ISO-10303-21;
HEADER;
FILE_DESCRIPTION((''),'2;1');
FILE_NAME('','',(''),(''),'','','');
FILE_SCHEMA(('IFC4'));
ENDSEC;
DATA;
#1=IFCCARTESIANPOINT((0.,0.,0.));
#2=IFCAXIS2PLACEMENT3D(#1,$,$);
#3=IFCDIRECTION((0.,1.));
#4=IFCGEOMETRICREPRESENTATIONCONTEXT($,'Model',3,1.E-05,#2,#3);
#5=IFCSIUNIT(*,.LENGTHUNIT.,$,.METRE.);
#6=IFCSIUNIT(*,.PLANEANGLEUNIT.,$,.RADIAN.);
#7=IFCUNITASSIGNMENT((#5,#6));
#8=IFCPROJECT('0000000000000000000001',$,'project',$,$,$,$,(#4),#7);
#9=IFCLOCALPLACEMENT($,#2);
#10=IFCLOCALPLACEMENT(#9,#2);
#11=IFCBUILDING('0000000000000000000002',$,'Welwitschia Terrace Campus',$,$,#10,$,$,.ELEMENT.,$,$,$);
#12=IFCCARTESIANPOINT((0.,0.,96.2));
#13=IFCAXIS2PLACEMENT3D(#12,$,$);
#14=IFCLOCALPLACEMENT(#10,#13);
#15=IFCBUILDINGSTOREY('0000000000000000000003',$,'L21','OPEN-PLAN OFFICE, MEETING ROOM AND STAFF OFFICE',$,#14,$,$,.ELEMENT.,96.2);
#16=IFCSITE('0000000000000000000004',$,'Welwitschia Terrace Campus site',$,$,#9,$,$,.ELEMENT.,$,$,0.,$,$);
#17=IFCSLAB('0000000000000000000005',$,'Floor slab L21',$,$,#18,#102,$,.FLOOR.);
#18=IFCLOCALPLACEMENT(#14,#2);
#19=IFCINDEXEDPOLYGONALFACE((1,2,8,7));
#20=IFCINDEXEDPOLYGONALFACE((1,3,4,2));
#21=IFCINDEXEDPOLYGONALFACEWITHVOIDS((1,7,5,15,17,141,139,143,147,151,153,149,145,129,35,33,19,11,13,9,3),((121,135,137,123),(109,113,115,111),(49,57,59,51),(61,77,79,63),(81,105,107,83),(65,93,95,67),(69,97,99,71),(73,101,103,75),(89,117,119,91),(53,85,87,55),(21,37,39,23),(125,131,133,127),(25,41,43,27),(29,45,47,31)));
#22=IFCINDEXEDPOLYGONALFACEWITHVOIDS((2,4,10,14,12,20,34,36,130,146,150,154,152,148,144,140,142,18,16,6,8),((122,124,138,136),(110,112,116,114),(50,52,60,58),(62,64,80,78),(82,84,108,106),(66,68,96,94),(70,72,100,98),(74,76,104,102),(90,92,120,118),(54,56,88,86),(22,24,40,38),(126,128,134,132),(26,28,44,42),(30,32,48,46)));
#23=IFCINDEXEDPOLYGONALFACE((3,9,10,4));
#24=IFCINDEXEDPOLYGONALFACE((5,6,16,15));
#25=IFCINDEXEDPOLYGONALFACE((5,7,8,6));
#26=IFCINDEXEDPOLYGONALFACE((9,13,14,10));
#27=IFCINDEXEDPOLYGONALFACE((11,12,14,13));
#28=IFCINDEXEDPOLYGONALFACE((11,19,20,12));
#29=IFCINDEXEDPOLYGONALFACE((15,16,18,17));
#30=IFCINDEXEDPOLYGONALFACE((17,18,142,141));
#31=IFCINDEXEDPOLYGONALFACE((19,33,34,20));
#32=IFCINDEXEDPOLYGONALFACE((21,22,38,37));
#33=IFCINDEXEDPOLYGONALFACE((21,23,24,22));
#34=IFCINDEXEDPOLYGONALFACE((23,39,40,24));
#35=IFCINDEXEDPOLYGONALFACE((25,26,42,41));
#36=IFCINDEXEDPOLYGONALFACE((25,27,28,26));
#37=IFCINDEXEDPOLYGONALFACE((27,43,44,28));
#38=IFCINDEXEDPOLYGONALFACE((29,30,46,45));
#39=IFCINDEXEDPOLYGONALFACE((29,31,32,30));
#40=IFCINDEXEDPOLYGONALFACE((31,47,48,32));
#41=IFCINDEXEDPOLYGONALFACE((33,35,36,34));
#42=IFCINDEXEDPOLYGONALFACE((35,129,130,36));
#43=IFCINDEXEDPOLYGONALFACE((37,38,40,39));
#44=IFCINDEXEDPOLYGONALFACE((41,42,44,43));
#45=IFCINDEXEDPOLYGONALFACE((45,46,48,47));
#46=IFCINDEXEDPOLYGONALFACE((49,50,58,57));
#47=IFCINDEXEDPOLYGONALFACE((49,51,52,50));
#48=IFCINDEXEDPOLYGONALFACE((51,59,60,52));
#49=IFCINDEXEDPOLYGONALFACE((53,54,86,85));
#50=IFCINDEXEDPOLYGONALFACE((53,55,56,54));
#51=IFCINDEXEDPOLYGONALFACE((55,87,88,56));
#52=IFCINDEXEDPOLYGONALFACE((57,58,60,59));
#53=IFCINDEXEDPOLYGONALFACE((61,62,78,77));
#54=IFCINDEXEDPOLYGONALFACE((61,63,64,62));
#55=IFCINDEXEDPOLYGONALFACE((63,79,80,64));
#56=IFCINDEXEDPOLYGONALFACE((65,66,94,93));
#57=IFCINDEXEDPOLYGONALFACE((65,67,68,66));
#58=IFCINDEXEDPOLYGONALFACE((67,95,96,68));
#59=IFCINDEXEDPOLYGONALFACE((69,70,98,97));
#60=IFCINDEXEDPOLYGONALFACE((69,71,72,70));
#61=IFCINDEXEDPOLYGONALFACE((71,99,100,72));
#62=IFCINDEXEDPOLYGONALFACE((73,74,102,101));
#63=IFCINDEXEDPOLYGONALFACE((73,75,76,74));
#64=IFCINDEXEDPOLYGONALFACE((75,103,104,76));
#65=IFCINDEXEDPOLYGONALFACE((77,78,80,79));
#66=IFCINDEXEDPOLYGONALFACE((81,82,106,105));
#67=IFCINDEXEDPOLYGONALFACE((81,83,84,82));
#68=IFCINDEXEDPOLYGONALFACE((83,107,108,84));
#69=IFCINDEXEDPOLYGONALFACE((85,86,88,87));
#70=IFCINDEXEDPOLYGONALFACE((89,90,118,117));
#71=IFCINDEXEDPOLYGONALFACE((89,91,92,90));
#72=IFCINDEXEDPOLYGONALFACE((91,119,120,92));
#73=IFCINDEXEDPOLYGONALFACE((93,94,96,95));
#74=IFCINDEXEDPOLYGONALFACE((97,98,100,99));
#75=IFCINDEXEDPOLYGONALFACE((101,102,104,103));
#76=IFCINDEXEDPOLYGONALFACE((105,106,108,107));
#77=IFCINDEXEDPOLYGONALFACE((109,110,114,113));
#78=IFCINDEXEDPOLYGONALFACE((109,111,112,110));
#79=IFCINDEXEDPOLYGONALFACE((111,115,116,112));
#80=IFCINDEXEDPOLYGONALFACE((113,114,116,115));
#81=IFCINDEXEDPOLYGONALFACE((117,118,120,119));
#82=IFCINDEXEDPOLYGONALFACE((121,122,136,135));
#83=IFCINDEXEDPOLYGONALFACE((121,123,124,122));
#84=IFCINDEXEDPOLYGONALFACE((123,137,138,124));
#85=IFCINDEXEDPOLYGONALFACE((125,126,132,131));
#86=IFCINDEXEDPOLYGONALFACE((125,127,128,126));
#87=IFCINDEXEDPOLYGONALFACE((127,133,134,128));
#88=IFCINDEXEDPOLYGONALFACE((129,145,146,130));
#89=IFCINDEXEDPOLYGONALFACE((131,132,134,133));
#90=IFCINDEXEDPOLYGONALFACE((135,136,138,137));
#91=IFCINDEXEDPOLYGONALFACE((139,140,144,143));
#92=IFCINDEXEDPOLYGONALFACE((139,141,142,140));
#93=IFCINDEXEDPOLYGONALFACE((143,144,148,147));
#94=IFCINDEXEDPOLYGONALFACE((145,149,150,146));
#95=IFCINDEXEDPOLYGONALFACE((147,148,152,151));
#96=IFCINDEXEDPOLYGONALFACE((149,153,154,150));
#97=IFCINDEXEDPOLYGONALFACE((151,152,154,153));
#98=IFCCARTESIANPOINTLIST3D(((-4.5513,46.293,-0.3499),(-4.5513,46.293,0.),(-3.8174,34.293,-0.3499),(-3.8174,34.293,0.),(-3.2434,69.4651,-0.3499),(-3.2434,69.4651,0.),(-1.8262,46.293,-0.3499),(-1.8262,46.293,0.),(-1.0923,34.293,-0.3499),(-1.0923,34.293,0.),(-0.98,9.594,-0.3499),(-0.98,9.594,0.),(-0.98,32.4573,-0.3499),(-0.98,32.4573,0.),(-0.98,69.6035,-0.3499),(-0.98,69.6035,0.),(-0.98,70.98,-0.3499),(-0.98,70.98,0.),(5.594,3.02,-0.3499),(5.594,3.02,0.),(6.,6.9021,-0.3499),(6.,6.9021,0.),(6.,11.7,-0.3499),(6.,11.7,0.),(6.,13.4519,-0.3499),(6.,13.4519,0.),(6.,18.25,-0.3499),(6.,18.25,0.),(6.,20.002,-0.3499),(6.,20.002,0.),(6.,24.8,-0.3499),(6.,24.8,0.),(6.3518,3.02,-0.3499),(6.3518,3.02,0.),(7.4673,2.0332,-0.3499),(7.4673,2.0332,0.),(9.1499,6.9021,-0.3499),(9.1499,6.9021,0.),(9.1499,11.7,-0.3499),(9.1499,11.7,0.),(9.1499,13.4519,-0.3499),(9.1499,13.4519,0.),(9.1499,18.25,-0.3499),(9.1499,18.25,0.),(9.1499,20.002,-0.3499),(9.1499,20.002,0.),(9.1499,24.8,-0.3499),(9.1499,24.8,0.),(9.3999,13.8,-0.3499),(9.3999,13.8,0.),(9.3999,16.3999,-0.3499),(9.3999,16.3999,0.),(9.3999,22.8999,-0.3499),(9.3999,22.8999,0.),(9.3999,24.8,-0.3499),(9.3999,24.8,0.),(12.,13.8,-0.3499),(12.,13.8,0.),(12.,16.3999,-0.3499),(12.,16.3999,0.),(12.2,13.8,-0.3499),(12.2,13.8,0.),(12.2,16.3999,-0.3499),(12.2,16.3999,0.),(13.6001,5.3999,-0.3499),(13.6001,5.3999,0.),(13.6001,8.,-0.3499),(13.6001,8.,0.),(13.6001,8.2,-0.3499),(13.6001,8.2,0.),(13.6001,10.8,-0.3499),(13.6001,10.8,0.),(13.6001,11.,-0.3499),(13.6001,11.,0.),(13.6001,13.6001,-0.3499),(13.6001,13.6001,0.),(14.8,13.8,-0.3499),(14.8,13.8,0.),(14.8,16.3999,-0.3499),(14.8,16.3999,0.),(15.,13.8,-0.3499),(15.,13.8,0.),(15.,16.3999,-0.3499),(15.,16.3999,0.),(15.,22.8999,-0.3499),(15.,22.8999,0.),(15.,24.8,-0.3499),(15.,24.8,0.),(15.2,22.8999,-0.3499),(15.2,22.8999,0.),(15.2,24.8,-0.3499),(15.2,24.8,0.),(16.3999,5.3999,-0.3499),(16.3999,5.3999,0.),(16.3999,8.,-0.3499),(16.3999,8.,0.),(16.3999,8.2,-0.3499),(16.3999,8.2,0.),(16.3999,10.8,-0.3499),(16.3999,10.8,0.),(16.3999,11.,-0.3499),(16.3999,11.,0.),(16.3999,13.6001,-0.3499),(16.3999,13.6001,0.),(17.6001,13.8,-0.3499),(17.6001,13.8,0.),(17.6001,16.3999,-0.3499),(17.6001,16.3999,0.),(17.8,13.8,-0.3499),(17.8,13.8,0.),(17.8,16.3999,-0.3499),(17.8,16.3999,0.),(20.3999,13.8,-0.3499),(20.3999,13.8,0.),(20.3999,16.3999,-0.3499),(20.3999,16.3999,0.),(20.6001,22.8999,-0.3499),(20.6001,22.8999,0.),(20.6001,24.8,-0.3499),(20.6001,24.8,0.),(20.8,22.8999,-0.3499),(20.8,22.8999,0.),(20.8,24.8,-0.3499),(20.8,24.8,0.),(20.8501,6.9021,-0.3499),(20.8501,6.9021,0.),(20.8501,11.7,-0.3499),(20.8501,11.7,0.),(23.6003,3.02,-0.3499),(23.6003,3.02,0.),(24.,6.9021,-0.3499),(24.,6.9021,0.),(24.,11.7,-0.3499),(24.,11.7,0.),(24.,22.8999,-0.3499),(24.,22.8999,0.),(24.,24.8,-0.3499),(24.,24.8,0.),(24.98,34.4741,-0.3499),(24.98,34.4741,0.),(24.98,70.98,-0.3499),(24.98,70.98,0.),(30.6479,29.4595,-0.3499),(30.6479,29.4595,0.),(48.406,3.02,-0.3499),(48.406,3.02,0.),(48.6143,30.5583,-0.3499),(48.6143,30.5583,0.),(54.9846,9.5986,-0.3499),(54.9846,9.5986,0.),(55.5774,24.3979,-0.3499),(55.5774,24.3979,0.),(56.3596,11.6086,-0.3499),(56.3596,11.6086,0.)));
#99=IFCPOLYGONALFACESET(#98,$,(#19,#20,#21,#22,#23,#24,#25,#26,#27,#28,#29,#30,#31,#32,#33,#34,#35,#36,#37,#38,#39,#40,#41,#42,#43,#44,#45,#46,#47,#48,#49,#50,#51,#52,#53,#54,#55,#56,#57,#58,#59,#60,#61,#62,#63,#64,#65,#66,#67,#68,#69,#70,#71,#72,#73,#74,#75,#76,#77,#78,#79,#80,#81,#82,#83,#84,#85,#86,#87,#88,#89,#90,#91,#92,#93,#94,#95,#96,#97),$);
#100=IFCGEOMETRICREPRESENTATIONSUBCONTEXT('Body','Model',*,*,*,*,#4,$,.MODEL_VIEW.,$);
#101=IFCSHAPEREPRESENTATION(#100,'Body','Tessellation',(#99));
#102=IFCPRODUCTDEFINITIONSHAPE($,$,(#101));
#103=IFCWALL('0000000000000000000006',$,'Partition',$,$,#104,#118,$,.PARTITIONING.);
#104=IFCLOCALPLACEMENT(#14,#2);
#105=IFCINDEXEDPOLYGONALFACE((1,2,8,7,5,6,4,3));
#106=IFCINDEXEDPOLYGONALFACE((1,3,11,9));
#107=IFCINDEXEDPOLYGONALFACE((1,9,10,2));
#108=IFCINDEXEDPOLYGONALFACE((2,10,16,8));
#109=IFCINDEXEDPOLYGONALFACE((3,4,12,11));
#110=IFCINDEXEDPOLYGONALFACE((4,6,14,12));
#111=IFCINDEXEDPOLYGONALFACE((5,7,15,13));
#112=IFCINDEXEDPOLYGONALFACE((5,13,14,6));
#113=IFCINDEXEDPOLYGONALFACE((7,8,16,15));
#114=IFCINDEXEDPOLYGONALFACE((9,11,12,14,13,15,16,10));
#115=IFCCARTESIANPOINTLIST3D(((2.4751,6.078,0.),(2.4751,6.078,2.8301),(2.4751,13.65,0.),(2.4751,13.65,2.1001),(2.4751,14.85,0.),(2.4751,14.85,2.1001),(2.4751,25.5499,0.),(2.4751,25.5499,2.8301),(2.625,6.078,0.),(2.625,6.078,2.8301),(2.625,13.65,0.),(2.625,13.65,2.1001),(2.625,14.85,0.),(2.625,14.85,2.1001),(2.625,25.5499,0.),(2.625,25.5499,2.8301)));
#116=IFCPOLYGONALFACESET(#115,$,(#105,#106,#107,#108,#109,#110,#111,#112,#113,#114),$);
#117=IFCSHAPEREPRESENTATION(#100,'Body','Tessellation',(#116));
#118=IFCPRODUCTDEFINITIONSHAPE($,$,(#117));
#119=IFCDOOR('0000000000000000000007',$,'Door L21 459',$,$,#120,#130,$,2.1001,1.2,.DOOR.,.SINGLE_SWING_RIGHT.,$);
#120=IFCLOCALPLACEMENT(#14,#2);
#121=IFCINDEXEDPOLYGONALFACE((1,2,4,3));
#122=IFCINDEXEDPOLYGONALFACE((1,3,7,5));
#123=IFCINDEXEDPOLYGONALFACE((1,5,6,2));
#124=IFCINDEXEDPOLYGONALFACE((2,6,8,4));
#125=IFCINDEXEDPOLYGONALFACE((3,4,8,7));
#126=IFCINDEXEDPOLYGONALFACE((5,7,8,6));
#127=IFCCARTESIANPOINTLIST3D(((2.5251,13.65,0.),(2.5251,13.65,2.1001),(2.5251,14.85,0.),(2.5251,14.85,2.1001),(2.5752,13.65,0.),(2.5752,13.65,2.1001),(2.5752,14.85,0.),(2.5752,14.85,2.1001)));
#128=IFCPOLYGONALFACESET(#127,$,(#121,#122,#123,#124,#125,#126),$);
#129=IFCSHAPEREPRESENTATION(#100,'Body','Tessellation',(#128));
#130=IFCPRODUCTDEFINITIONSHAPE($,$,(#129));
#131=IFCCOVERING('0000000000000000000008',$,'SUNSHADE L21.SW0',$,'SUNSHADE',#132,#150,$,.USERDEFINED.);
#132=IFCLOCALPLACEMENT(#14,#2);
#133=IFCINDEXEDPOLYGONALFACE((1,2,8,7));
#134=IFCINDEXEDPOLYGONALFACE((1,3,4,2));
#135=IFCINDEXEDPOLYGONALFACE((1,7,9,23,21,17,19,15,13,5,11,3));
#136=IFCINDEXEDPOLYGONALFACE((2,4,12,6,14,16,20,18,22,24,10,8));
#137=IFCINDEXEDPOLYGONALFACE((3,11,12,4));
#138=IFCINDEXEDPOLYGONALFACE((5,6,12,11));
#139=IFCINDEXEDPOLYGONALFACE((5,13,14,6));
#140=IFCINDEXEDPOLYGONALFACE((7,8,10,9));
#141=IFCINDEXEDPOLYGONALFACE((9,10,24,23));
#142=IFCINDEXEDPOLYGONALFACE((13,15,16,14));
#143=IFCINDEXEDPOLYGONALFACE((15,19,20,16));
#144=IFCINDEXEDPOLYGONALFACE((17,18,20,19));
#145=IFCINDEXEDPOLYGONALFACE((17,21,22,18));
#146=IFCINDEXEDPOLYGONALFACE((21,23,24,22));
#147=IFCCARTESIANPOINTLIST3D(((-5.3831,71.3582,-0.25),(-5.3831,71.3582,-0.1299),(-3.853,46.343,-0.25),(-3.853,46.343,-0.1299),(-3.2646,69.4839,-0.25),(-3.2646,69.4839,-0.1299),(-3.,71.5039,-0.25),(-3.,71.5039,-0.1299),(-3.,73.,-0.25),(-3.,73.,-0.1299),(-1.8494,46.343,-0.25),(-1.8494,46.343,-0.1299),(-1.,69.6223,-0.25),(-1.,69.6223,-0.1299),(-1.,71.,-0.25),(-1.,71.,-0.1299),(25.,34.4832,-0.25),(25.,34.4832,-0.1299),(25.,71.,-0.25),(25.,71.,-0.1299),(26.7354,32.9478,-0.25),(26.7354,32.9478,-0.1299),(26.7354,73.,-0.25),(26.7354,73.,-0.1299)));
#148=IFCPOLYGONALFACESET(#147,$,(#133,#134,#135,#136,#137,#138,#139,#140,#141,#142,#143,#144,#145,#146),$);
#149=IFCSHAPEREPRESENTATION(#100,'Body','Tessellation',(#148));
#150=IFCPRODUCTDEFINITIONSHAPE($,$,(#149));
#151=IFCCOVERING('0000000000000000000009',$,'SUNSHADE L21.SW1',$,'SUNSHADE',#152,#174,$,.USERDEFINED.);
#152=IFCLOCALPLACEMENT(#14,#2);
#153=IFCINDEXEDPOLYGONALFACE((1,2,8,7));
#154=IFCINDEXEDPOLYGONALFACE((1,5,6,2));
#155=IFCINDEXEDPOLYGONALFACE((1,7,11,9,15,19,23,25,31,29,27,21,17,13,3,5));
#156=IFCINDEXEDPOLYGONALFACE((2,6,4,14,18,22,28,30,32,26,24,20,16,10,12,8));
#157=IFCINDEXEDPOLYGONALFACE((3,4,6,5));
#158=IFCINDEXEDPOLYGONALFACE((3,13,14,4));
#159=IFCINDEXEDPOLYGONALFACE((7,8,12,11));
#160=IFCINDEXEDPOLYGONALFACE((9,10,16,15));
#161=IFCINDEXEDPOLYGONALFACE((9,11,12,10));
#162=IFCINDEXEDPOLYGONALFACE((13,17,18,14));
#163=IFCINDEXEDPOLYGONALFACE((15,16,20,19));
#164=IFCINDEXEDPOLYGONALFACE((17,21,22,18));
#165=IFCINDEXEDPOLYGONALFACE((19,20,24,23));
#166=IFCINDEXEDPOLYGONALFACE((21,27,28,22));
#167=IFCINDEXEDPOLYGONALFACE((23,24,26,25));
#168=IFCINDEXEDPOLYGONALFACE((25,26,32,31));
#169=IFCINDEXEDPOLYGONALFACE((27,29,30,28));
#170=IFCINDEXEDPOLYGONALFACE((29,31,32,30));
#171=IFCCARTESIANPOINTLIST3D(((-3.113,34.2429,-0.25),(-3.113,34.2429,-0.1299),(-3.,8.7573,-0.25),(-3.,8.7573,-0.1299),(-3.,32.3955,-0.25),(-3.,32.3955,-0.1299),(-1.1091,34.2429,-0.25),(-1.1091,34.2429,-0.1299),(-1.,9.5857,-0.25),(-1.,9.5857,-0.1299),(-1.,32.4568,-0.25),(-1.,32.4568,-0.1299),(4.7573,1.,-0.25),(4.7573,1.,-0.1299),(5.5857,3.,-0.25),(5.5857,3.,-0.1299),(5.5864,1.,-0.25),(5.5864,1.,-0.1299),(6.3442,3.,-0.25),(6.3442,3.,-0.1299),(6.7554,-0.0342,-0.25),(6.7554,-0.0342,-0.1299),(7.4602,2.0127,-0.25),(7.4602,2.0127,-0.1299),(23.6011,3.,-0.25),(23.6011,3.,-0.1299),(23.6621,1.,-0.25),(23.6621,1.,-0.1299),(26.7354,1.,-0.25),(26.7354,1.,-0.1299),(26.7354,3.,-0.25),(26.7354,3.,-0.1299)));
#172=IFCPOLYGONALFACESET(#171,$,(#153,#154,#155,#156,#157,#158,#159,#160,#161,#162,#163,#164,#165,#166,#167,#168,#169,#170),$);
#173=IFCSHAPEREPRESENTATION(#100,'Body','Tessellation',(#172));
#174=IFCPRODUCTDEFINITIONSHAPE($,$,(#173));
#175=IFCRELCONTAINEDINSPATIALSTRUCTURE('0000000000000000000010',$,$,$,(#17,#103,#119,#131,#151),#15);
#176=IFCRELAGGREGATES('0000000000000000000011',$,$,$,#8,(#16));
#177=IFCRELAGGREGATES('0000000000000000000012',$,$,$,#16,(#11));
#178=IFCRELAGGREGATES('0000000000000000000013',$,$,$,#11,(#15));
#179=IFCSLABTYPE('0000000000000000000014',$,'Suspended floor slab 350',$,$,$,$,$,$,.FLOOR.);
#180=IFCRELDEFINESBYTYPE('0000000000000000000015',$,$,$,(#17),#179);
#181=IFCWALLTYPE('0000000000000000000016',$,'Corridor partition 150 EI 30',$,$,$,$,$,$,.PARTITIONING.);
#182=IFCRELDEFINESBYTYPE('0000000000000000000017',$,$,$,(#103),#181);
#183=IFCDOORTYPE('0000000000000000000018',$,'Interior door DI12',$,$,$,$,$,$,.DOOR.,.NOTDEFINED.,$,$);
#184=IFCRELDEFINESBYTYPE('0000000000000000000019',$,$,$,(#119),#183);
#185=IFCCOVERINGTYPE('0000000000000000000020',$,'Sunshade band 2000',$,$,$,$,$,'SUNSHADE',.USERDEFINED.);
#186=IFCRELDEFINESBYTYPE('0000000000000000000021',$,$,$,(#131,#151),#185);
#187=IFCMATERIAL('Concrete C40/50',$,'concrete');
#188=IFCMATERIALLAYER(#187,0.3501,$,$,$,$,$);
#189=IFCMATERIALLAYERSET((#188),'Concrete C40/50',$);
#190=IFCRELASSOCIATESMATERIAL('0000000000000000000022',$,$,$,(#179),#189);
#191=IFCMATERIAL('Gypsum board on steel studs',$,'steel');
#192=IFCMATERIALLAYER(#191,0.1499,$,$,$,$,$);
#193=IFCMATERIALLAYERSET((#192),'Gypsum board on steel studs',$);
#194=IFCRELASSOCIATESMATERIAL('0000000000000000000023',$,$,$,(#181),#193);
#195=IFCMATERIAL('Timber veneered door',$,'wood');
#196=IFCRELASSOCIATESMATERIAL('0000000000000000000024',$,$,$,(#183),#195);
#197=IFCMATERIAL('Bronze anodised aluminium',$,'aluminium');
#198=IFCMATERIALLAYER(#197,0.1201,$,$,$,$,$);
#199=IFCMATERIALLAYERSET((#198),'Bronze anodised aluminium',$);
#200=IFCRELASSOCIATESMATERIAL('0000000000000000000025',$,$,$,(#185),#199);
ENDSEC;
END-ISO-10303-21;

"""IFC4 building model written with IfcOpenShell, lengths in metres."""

from ifc_helpers import new_model, si_unit, direction, frame, frame_2d, origin, place, context, subcontext, project, spatial, polyline, rectangle, outline, extrude, material, layer, layer_set, type_object, element, fill, save


model = new_model("IFC4")

# Units and contexts
model_context = context("Model", 3, precision=1e-05, world=origin(), true_north=direction((0.0, 1.0)))
body_context = subcontext(model_context, "Body", "Model", "MODEL_VIEW")
ifc_project = project(units=[si_unit("LENGTHUNIT", "METRE"), si_unit("PLANEANGLEUNIT", "RADIAN")], contexts=[model_context])

# Site, building, storey
site_placement = place(None, origin())
site = spatial("IfcSite", under=ifc_project, at=site_placement, Name="Welwitschia Terrace Campus site", CompositionType="ELEMENT", RefElevation=0.0)
building_placement = place(site_placement, origin())
building = spatial("IfcBuilding", under=site, at=building_placement, Name="Welwitschia Terrace Campus", CompositionType="ELEMENT")
storey_placement = place(building_placement, frame((0.0, 0.0, 96.2)))
storey = spatial("IfcBuildingStorey", under=building, at=storey_placement, Name="L21", Description="OPEN-PLAN OFFICE, MEETING ROOM AND STAFF OFFICE", CompositionType="ELEMENT", Elevation=96.2)

# Slab
ifc_material_1 = material(Name="Concrete C40/50", Category="concrete")
ifc_layer_1 = layer(ifc_material_1, 0.3501)
ifc_layer_set_1 = layer_set([ifc_layer_1], Name="Concrete C40/50")
slab_type_1 = type_object("IfcSlabType", Name="Suspended floor slab 350", PredefinedType="FLOOR", material=ifc_layer_set_1)
slab_1_placement = place(storey_placement, frame((0.0, 0.0, -0.3499)))
element("IfcSlab", 1, at=slab_1_placement, inside=storey, type_object=slab_type_1, Name="Floor slab L21", PredefinedType="FLOOR", context=body_context, shape_type="SweptSolid", body=[
    extrude(outline(polyline([(-0.98, 69.6035), (-0.98, 70.98), (24.98, 70.98), (24.98, 34.4741), (30.6479, 29.4595), (48.6143, 30.5583), (55.5774, 24.3979), (56.3596, 11.6086), (54.9846, 9.5986), (48.406, 3.02), (23.6003, 3.02), (7.4673, 2.0332), (6.3518, 3.02), (5.594, 3.02), (-0.98, 9.594), (-0.98, 32.4573), (-1.0923, 34.293), (-3.8174, 34.293), (-4.5513, 46.293), (-1.8262, 46.293), (-3.2434, 69.4651), (-0.98, 69.6035)]), holes=[polyline([(13.6001, 8.0), (13.6001, 5.3999), (16.3999, 5.3999), (16.3999, 8.0), (13.6001, 8.0)]), polyline([(9.1499, 11.7), (6.0, 11.7), (6.0, 6.9021), (9.1499, 6.9021), (9.1499, 11.7)]), polyline([(12.0, 16.3999), (9.3999, 16.3999), (9.3999, 13.8), (12.0, 13.8), (12.0, 16.3999)]), polyline([(14.8, 16.3999), (12.2, 16.3999), (12.2, 13.8), (14.8, 13.8), (14.8, 16.3999)]), polyline([(9.1499, 18.25), (6.0, 18.25), (6.0, 13.4519), (9.1499, 13.4519), (9.1499, 18.25)]), polyline([(9.1499, 24.8), (6.0, 24.8), (6.0, 20.002), (9.1499, 20.002), (9.1499, 24.8)]), polyline([(15.0, 24.8), (9.3999, 24.8), (9.3999, 22.8999), (15.0, 22.8999), (15.0, 24.8)]), polyline([(20.8501, 11.7), (20.8501, 6.9021), (24.0, 6.9021), (24.0, 11.7), (20.8501, 11.7)]), polyline([(16.3999, 10.8), (13.6001, 10.8), (13.6001, 8.2), (16.3999, 8.2), (16.3999, 10.8)]), polyline([(16.3999, 13.6001), (13.6001, 13.6001), (13.6001, 11.0), (16.3999, 11.0), (16.3999, 13.6001)]), polyline([(17.6001, 16.3999), (15.0, 16.3999), (15.0, 13.8), (17.6001, 13.8), (17.6001, 16.3999)]), polyline([(20.3999, 16.3999), (17.8, 16.3999), (17.8, 13.8), (20.3999, 13.8), (20.3999, 16.3999)]), polyline([(20.6001, 24.8), (15.2, 24.8), (15.2, 22.8999), (20.6001, 22.8999), (20.6001, 24.8)]), polyline([(24.0, 24.8), (20.8, 24.8), (20.8, 22.8999), (24.0, 22.8999), (24.0, 24.8)])]), origin(), (0.0, 0.0, 1.0), 0.3499),
])

# Wall, opening, door
ifc_material_2 = material(Name="Gypsum board on steel studs", Category="steel")
ifc_layer_2 = layer(ifc_material_2, 0.1499)
ifc_layer_set_2 = layer_set([ifc_layer_2], Name="Gypsum board on steel studs")
wall_type = type_object("IfcWallType", Name="Corridor partition 150 EI 30", PredefinedType="PARTITIONING", material=ifc_layer_set_2)
wall_placement = place(storey_placement, frame((2.55, 6.0781, 0.0), z_axis=(0.0, 0.0, 1.0), x_axis=(0.0, 1.0, 0.0)))
wall = element("IfcWall", 2, at=wall_placement, inside=storey, type_object=wall_type, Name="Partition", PredefinedType="PARTITIONING", context=body_context, shape_type="SweptSolid", body=[
    extrude(rectangle(XDim=19.4719, YDim=0.1499, at=frame_2d((9.7358, 0.0))), origin(), (0.0, 0.0, 1.0), 2.8301),
])
opening_placement = place(wall_placement, frame((7.5718, 0.0, 0.0)))
opening = element("IfcOpeningElement", 3, at=opening_placement, cuts=wall, PredefinedType="OPENING", context=body_context, shape_type="SweptSolid", body=[
    extrude(rectangle(XDim=1.2, YDim=2.1001, at=frame_2d((0.6001, 1.05))), frame((0.0, 0.085, 0.0), z_axis=(0.0, -1.0, 0.0), x_axis=(1.0, 0.0, 0.0)), (0.0, 0.0, 1.0), 0.1699),
])
ifc_material_3 = material(Name="Timber veneered door", Category="wood")
door_type = type_object("IfcDoorType", Name="Interior door DI12", OperationType="NOTDEFINED", PredefinedType="DOOR", material=ifc_material_3)
door_placement = place(opening_placement, origin())
door = element("IfcDoor", 4, at=door_placement, inside=storey, type_object=door_type, Name="Door L21 459", OperationType="SINGLE_SWING_RIGHT", OverallHeight=2.1001, OverallWidth=1.2, PredefinedType="DOOR", context=body_context, shape_type="SweptSolid", body=[
    extrude(rectangle(XDim=1.2, YDim=2.1001, at=frame_2d((0.6001, 1.05))), frame((0.0, 0.0249, 0.0), z_axis=(0.0, -1.0, 0.0), x_axis=(1.0, 0.0, 0.0)), (0.0, 0.0, 1.0), 0.05),
])
fill(opening, door)

# Coverings
ifc_material_4 = material(Name="Bronze anodised aluminium", Category="aluminium")
ifc_layer_3 = layer(ifc_material_4, 0.1201)
ifc_layer_set_3 = layer_set([ifc_layer_3], Name="Bronze anodised aluminium")
covering_type_1 = type_object("IfcCoveringType", Name="Sunshade band 2000", ElementType="SUNSHADE", PredefinedType="USERDEFINED", material=ifc_layer_set_3)
covering_1_placement = place(storey_placement, frame((0.0, 0.0, -0.25)))
element("IfcCovering", 5, at=covering_1_placement, inside=storey, type_object=covering_type_1, Name="SUNSHADE L21.SW0", ObjectType="SUNSHADE", PredefinedType="USERDEFINED", context=body_context, shape_type="SweptSolid", body=[
    extrude(outline(polyline([(26.7354, 73.0), (26.7354, 32.9478), (25.0, 34.4832), (25.0, 71.0), (-1.0, 71.0), (-1.0, 69.6223), (-3.2646, 69.4839), (-1.8494, 46.343), (-3.853, 46.343), (-5.3831, 71.3582), (-3.0, 71.5039), (-3.0, 73.0), (26.7354, 73.0)])), origin(), (0.0, 0.0, 1.0), 0.1201),
])
covering_2_placement = place(storey_placement, frame((0.0, 0.0, -0.25)))
element("IfcCovering", 6, at=covering_2_placement, inside=storey, type_object=covering_type_1, Name="SUNSHADE L21.SW1", ObjectType="SUNSHADE", PredefinedType="USERDEFINED", context=body_context, shape_type="SweptSolid", body=[
    extrude(outline(polyline([(23.6621, 1.0), (6.7554, -0.0342), (5.5864, 1.0), (4.7573, 1.0), (-3.0, 8.7573), (-3.0, 32.3955), (-3.113, 34.2429), (-1.1091, 34.2429), (-1.0, 32.4568), (-1.0, 9.5857), (5.5857, 3.0), (6.3442, 3.0), (7.4602, 2.0127), (23.6011, 3.0), (26.7354, 3.0), (26.7354, 1.0), (23.6621, 1.0)])), origin(), (0.0, 0.0, 1.0), 0.1201),
])

save(model, "model.ifc")
